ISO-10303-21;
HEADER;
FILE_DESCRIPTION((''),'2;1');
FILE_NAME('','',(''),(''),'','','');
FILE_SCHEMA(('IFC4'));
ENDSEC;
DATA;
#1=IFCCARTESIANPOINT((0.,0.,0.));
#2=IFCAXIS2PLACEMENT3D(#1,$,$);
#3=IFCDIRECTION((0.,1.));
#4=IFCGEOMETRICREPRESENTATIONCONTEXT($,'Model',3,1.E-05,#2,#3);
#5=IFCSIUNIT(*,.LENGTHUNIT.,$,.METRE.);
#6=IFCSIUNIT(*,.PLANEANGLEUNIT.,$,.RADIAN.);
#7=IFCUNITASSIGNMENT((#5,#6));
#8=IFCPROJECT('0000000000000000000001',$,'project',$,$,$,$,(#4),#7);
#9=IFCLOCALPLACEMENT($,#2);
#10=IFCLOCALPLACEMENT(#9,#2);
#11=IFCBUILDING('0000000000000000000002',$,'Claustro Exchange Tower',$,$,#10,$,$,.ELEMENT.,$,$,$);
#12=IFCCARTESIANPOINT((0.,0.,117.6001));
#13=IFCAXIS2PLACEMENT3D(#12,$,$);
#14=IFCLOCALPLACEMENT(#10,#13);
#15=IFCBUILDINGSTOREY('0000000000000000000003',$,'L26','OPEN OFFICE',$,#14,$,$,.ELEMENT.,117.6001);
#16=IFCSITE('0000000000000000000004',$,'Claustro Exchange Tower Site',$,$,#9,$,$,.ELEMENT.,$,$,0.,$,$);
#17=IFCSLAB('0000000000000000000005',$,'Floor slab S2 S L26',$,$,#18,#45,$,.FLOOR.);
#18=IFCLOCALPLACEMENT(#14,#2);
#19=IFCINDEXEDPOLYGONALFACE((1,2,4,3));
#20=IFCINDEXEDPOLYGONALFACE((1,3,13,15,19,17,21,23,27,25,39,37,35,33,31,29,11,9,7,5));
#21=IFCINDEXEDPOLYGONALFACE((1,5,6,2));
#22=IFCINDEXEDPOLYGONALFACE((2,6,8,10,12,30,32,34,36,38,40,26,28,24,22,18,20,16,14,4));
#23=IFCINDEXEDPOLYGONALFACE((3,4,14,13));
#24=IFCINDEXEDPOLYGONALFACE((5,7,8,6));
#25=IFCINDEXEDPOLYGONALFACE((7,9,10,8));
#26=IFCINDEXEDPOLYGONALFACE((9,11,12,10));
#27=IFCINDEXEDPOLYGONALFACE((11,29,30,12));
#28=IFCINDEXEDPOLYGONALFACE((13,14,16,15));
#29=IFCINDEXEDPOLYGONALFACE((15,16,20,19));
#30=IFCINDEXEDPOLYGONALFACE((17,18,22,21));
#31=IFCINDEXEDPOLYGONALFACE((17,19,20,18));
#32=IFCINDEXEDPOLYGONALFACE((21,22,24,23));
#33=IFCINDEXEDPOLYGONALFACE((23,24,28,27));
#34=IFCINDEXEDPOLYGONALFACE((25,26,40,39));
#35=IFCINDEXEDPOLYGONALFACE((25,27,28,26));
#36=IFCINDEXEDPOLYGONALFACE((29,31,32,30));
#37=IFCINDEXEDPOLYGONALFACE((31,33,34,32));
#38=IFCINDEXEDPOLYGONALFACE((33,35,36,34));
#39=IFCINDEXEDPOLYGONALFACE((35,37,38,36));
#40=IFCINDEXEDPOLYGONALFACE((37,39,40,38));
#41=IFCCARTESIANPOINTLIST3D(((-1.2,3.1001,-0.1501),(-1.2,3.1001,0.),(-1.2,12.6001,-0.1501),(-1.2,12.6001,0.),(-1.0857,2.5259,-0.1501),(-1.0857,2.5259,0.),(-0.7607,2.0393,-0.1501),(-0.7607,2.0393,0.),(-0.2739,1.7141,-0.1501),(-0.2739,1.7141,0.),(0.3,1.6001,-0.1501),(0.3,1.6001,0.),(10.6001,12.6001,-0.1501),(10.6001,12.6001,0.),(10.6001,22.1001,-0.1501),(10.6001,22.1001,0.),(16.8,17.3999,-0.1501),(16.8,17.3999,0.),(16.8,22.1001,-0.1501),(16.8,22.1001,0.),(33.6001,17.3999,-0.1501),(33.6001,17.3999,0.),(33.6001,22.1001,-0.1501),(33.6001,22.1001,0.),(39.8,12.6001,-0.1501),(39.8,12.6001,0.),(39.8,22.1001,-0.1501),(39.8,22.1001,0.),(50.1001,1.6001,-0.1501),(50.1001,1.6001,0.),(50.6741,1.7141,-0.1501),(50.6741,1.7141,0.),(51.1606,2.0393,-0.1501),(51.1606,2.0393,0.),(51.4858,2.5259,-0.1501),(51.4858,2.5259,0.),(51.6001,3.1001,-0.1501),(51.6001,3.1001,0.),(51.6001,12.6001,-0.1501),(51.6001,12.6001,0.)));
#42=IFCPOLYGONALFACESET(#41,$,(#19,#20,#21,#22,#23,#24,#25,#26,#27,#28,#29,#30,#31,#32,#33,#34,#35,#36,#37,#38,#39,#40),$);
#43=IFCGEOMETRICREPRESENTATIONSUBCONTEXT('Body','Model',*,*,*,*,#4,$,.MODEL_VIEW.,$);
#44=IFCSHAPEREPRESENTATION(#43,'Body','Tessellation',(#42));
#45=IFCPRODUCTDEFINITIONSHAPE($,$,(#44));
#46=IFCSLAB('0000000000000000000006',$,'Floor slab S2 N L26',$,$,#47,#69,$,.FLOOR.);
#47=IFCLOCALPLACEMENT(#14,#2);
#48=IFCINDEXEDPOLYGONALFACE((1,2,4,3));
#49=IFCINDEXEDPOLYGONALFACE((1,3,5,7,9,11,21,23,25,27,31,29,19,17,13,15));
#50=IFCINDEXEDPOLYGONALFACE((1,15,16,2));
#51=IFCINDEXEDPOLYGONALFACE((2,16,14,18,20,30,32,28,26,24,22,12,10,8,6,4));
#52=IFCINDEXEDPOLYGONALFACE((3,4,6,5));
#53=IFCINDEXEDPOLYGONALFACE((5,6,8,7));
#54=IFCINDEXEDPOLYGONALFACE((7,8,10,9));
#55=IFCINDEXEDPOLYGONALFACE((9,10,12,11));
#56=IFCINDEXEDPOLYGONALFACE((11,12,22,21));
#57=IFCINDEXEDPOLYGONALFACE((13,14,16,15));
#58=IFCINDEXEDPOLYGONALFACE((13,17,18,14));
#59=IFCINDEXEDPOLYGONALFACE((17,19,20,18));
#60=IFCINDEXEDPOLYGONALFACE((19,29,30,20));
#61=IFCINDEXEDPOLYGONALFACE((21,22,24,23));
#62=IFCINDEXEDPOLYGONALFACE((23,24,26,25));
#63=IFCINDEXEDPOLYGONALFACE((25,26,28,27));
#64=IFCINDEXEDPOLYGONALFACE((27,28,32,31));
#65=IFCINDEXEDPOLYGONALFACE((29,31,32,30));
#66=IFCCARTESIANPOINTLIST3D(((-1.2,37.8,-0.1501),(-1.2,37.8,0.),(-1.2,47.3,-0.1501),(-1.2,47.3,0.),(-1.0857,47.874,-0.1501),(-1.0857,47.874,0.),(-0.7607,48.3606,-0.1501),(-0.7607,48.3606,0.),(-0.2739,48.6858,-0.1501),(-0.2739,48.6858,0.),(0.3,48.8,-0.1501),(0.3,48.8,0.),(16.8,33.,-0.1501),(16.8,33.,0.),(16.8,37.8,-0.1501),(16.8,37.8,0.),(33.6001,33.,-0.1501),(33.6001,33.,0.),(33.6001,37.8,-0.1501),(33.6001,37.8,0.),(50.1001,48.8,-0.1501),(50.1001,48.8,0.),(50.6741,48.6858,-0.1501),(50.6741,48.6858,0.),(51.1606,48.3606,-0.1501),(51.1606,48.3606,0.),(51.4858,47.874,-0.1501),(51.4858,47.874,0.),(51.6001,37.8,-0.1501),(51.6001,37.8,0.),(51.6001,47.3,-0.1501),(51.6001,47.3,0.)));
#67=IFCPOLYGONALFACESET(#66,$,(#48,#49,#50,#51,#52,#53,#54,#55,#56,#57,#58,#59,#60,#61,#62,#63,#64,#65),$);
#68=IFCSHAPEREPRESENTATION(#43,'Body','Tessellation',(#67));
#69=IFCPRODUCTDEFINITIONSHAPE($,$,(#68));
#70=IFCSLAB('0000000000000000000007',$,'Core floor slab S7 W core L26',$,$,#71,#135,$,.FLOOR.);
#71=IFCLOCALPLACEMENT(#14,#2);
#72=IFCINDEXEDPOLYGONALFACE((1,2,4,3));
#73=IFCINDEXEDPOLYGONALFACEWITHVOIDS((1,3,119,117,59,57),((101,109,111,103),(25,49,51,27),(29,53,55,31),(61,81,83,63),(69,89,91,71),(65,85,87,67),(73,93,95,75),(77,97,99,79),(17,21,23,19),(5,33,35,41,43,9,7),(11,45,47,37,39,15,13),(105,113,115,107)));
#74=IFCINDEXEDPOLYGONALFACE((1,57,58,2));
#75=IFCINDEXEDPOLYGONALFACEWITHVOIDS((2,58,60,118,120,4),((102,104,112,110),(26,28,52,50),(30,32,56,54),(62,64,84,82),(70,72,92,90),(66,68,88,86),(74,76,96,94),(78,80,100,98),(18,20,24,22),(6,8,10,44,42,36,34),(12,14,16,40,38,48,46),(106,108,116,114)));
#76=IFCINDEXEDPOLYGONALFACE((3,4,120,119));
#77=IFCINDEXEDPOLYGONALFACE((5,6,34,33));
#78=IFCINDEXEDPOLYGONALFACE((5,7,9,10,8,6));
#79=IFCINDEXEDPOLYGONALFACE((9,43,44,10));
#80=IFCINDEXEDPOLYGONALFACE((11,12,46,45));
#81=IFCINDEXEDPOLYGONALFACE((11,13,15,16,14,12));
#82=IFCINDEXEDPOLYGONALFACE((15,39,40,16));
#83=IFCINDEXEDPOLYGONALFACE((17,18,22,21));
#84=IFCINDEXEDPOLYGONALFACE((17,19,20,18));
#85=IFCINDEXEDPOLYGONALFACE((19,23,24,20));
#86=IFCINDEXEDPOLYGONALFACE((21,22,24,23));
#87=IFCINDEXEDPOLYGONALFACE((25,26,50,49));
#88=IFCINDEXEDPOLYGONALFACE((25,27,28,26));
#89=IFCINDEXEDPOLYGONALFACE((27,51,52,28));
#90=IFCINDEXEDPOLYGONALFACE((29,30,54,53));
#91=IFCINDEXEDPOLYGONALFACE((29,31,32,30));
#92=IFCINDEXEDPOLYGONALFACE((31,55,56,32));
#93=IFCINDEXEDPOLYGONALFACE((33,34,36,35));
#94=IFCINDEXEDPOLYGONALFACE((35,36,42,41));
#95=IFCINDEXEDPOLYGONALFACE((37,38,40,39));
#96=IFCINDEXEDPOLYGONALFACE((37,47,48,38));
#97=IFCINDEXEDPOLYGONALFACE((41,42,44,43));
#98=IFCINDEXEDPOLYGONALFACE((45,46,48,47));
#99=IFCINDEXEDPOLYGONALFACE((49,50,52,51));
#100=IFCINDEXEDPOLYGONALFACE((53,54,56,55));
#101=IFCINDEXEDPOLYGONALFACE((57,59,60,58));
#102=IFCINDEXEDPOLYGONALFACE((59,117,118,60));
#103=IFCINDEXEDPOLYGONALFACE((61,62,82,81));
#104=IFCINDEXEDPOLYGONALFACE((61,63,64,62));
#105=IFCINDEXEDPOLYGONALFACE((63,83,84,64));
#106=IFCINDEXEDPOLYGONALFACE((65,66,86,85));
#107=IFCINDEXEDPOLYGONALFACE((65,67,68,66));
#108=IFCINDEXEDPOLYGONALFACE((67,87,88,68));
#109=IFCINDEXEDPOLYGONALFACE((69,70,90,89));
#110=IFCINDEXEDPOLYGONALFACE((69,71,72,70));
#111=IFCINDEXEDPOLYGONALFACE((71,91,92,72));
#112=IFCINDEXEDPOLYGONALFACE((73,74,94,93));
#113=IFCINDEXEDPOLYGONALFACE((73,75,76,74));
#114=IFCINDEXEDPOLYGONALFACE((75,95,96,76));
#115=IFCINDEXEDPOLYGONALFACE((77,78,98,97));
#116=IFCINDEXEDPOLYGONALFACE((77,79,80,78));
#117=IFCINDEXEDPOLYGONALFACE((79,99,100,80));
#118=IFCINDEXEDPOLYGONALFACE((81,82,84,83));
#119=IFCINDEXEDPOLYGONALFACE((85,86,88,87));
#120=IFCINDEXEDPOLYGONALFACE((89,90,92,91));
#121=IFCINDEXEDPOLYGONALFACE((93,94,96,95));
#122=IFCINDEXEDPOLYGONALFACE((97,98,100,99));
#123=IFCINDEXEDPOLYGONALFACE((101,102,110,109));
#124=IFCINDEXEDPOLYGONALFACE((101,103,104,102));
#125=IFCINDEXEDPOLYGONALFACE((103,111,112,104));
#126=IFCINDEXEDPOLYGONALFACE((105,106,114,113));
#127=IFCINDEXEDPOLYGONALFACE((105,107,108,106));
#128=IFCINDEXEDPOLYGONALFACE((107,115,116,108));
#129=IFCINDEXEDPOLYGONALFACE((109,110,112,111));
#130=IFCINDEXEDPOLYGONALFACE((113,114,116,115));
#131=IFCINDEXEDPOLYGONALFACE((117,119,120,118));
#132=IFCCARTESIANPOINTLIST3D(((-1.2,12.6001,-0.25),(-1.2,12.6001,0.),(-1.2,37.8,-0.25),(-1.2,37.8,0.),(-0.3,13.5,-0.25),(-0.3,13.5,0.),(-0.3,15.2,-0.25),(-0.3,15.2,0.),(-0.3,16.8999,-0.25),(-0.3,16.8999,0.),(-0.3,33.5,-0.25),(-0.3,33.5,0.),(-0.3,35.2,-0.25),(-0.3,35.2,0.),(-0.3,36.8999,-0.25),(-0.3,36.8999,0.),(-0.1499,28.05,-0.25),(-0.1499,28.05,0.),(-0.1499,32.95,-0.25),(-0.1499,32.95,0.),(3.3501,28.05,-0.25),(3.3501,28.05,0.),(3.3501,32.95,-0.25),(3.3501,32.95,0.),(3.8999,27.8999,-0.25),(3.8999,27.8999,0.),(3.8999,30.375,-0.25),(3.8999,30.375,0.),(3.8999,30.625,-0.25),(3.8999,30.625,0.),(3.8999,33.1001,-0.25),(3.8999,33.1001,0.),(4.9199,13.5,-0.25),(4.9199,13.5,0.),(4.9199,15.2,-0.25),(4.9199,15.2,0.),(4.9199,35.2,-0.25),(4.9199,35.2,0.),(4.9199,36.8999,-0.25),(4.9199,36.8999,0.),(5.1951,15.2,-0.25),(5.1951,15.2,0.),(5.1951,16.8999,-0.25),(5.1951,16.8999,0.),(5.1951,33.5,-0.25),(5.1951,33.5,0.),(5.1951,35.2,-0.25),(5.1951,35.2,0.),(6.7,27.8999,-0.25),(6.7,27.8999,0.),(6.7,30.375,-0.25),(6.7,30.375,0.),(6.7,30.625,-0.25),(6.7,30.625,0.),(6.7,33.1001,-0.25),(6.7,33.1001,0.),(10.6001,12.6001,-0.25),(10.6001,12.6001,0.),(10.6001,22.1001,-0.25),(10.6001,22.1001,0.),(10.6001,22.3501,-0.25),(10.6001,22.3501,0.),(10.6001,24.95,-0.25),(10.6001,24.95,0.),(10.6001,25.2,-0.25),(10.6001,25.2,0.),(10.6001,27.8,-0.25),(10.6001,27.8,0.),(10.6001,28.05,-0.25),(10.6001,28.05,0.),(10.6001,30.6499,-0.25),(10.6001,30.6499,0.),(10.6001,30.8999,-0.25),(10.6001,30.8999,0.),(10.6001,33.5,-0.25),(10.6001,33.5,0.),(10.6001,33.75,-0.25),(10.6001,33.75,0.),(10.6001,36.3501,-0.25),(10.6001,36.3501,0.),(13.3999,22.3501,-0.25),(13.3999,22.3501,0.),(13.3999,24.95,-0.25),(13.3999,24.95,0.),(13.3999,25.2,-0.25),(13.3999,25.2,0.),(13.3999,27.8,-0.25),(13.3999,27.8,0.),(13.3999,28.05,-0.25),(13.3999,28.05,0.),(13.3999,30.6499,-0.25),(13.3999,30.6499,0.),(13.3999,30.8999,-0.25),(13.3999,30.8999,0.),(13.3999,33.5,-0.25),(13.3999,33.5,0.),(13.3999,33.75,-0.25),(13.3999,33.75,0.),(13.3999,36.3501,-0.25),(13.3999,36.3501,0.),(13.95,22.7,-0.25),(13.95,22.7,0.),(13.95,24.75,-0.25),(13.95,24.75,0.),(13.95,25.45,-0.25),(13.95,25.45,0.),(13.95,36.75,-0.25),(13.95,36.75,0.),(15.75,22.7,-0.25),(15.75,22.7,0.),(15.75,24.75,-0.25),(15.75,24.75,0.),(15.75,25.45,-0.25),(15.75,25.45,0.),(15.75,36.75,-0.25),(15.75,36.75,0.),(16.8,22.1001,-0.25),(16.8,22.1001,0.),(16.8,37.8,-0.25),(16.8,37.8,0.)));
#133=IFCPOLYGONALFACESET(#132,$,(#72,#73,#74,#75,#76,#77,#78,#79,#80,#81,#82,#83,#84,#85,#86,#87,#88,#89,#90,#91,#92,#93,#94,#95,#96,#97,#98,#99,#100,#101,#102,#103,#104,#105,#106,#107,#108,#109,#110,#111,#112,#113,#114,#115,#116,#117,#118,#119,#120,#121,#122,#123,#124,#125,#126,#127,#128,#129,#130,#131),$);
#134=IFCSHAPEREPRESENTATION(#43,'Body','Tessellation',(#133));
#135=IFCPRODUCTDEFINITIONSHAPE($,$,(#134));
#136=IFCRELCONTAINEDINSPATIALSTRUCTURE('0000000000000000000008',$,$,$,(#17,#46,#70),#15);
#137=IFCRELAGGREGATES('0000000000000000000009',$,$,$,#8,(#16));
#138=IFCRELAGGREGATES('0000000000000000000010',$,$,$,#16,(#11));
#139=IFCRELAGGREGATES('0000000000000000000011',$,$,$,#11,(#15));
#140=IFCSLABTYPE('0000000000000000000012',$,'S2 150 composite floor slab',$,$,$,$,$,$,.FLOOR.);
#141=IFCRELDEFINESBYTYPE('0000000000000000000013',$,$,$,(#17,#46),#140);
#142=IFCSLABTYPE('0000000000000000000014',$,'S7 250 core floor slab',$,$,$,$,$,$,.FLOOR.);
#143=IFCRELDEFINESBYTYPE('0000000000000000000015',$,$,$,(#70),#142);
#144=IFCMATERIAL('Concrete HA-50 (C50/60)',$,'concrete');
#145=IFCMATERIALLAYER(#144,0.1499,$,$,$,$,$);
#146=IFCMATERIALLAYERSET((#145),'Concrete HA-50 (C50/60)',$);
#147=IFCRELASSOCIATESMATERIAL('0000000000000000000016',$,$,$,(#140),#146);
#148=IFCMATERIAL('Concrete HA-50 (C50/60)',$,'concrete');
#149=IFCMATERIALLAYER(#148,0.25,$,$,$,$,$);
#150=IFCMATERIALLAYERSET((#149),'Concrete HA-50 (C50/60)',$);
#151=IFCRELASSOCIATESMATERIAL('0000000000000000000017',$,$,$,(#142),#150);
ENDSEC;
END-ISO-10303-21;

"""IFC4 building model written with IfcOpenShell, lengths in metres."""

from ifc_helpers import new_model, si_unit, direction, frame, origin, place, context, subcontext, project, spatial, polyline, outline, extrude, material, layer, layer_set, type_object, element, save


model = new_model("IFC4")

# Units and contexts
model_context = context("Model", 3, precision=1e-05, world=origin(), true_north=direction((0.0, 1.0)))
body_context = subcontext(model_context, "Body", "Model", "MODEL_VIEW")
ifc_project = project(units=[si_unit("LENGTHUNIT", "METRE"), si_unit("PLANEANGLEUNIT", "RADIAN")], contexts=[model_context])

# Site, building, storey
site_placement = place(None, origin())
site = spatial("IfcSite", under=ifc_project, at=site_placement, Name="Claustro Exchange Tower Site", CompositionType="ELEMENT", RefElevation=0.0)
building_placement = place(site_placement, origin())
building = spatial("IfcBuilding", under=site, at=building_placement, Name="Claustro Exchange Tower", CompositionType="ELEMENT")
storey_placement = place(building_placement, frame((0.0, 0.0, 117.6001)))
storey = spatial("IfcBuildingStorey", under=building, at=storey_placement, Name="L26", Description="OPEN OFFICE", CompositionType="ELEMENT", Elevation=117.6001)

# Slabs
ifc_material_1 = material(Name="Concrete HA-50 (C50/60)", Category="concrete")
ifc_layer_1 = layer(ifc_material_1, 0.1499)
ifc_layer_set_1 = layer_set([ifc_layer_1], Name="Concrete HA-50 (C50/60)")
slab_type_1 = type_object("IfcSlabType", Name="S2 150 composite floor slab", PredefinedType="FLOOR", material=ifc_layer_set_1)
slab_1_placement = place(storey_placement, frame((0.0, 0.0, -0.1501)))
element("IfcSlab", 1, at=slab_1_placement, inside=storey, type_object=slab_type_1, Name="Floor slab S2 S L26", PredefinedType="FLOOR", context=body_context, shape_type="SweptSolid", body=[
    extrude(outline(polyline([(-0.2739, 1.7141), (0.3, 1.6001), (50.1001, 1.6001), (50.6741, 1.7141), (51.1606, 2.0393), (51.4858, 2.5259), (51.6001, 3.1001), (51.6001, 12.6001), (39.8, 12.6001), (39.8, 22.1001), (33.6001, 22.1001), (33.6001, 17.3999), (16.8, 17.3999), (16.8, 22.1001), (10.6001, 22.1001), (10.6001, 12.6001), (-1.2, 12.6001), (-1.2, 3.1001), (-1.0857, 2.5259), (-0.7607, 2.0393), (-0.2739, 1.7141)])), origin(), (0.0, 0.0, 1.0), 0.1501),
])
slab_2_placement = place(storey_placement, frame((0.0, 0.0, -0.1501)))
element("IfcSlab", 2, at=slab_2_placement, inside=storey, type_object=slab_type_1, Name="Floor slab S2 N L26", PredefinedType="FLOOR", context=body_context, shape_type="SweptSolid", body=[
    extrude(outline(polyline([(16.8, 37.8), (16.8, 33.0), (33.6001, 33.0), (33.6001, 37.8), (51.6001, 37.8), (51.6001, 47.3), (51.4858, 47.874), (51.1606, 48.3606), (50.6741, 48.6858), (50.1001, 48.8), (0.3, 48.8), (-0.2739, 48.6858), (-0.7607, 48.3606), (-1.0857, 47.874), (-1.2, 47.3), (-1.2, 37.8), (16.8, 37.8)])), origin(), (0.0, 0.0, 1.0), 0.1501),
])
ifc_material_2 = material(Name="Concrete HA-50 (C50/60)", Category="concrete")
ifc_layer_2 = layer(ifc_material_2, 0.25)
ifc_layer_set_2 = layer_set([ifc_layer_2], Name="Concrete HA-50 (C50/60)")
slab_type_2 = type_object("IfcSlabType", Name="S7 250 core floor slab", PredefinedType="FLOOR", material=ifc_layer_set_2)
slab_3_placement = place(storey_placement, frame((0.0, 0.0, -0.25)))
element("IfcSlab", 3, at=slab_3_placement, inside=storey, type_object=slab_type_2, Name="Core floor slab S7 W core L26", PredefinedType="FLOOR", context=body_context, shape_type="SweptSolid", body=[
    extrude(outline(polyline([(-1.2, 37.8), (-1.2, 12.6001), (10.6001, 12.6001), (10.6001, 22.1001), (16.8, 22.1001), (16.8, 37.8), (-1.2, 37.8)]), holes=[polyline([(13.95, 24.75), (15.75, 24.75), (15.75, 22.7), (13.95, 22.7), (13.95, 24.75)]), polyline([(13.95, 36.75), (15.75, 36.75), (15.75, 25.45), (13.95, 25.45), (13.95, 36.75)]), polyline([(13.3999, 24.95), (13.3999, 22.3501), (10.6001, 22.3501), (10.6001, 24.95), (13.3999, 24.95)]), polyline([(13.3999, 27.8), (13.3999, 25.2), (10.6001, 25.2), (10.6001, 27.8), (13.3999, 27.8)]), polyline([(13.3999, 30.6499), (13.3999, 28.05), (10.6001, 28.05), (10.6001, 30.6499), (13.3999, 30.6499)]), polyline([(13.3999, 33.5), (13.3999, 30.8999), (10.6001, 30.8999), (10.6001, 33.5), (13.3999, 33.5)]), polyline([(13.3999, 36.3501), (13.3999, 33.75), (10.6001, 33.75), (10.6001, 36.3501), (13.3999, 36.3501)]), polyline([(6.7, 30.375), (6.7, 27.8999), (3.8999, 27.8999), (3.8999, 30.375), (6.7, 30.375)]), polyline([(6.7, 33.1001), (6.7, 30.625), (3.8999, 30.625), (3.8999, 33.1001), (6.7, 33.1001)]), polyline([(-0.3, 15.2), (-0.3, 16.8999), (5.1951, 16.8999), (5.1951, 15.2), (4.9199, 15.2), (4.9199, 13.5), (-0.3, 13.5), (-0.3, 15.2)]), polyline([(-0.3, 35.2), (-0.3, 36.8999), (4.9199, 36.8999), (4.9199, 35.2), (5.1951, 35.2), (5.1951, 33.5), (-0.3, 33.5), (-0.3, 35.2)]), polyline([(-0.1499, 32.95), (3.3501, 32.95), (3.3501, 28.05), (-0.1499, 28.05), (-0.1499, 32.95)])]), origin(), (0.0, 0.0, 1.0), 0.25),
])

save(model, "model.ifc")
